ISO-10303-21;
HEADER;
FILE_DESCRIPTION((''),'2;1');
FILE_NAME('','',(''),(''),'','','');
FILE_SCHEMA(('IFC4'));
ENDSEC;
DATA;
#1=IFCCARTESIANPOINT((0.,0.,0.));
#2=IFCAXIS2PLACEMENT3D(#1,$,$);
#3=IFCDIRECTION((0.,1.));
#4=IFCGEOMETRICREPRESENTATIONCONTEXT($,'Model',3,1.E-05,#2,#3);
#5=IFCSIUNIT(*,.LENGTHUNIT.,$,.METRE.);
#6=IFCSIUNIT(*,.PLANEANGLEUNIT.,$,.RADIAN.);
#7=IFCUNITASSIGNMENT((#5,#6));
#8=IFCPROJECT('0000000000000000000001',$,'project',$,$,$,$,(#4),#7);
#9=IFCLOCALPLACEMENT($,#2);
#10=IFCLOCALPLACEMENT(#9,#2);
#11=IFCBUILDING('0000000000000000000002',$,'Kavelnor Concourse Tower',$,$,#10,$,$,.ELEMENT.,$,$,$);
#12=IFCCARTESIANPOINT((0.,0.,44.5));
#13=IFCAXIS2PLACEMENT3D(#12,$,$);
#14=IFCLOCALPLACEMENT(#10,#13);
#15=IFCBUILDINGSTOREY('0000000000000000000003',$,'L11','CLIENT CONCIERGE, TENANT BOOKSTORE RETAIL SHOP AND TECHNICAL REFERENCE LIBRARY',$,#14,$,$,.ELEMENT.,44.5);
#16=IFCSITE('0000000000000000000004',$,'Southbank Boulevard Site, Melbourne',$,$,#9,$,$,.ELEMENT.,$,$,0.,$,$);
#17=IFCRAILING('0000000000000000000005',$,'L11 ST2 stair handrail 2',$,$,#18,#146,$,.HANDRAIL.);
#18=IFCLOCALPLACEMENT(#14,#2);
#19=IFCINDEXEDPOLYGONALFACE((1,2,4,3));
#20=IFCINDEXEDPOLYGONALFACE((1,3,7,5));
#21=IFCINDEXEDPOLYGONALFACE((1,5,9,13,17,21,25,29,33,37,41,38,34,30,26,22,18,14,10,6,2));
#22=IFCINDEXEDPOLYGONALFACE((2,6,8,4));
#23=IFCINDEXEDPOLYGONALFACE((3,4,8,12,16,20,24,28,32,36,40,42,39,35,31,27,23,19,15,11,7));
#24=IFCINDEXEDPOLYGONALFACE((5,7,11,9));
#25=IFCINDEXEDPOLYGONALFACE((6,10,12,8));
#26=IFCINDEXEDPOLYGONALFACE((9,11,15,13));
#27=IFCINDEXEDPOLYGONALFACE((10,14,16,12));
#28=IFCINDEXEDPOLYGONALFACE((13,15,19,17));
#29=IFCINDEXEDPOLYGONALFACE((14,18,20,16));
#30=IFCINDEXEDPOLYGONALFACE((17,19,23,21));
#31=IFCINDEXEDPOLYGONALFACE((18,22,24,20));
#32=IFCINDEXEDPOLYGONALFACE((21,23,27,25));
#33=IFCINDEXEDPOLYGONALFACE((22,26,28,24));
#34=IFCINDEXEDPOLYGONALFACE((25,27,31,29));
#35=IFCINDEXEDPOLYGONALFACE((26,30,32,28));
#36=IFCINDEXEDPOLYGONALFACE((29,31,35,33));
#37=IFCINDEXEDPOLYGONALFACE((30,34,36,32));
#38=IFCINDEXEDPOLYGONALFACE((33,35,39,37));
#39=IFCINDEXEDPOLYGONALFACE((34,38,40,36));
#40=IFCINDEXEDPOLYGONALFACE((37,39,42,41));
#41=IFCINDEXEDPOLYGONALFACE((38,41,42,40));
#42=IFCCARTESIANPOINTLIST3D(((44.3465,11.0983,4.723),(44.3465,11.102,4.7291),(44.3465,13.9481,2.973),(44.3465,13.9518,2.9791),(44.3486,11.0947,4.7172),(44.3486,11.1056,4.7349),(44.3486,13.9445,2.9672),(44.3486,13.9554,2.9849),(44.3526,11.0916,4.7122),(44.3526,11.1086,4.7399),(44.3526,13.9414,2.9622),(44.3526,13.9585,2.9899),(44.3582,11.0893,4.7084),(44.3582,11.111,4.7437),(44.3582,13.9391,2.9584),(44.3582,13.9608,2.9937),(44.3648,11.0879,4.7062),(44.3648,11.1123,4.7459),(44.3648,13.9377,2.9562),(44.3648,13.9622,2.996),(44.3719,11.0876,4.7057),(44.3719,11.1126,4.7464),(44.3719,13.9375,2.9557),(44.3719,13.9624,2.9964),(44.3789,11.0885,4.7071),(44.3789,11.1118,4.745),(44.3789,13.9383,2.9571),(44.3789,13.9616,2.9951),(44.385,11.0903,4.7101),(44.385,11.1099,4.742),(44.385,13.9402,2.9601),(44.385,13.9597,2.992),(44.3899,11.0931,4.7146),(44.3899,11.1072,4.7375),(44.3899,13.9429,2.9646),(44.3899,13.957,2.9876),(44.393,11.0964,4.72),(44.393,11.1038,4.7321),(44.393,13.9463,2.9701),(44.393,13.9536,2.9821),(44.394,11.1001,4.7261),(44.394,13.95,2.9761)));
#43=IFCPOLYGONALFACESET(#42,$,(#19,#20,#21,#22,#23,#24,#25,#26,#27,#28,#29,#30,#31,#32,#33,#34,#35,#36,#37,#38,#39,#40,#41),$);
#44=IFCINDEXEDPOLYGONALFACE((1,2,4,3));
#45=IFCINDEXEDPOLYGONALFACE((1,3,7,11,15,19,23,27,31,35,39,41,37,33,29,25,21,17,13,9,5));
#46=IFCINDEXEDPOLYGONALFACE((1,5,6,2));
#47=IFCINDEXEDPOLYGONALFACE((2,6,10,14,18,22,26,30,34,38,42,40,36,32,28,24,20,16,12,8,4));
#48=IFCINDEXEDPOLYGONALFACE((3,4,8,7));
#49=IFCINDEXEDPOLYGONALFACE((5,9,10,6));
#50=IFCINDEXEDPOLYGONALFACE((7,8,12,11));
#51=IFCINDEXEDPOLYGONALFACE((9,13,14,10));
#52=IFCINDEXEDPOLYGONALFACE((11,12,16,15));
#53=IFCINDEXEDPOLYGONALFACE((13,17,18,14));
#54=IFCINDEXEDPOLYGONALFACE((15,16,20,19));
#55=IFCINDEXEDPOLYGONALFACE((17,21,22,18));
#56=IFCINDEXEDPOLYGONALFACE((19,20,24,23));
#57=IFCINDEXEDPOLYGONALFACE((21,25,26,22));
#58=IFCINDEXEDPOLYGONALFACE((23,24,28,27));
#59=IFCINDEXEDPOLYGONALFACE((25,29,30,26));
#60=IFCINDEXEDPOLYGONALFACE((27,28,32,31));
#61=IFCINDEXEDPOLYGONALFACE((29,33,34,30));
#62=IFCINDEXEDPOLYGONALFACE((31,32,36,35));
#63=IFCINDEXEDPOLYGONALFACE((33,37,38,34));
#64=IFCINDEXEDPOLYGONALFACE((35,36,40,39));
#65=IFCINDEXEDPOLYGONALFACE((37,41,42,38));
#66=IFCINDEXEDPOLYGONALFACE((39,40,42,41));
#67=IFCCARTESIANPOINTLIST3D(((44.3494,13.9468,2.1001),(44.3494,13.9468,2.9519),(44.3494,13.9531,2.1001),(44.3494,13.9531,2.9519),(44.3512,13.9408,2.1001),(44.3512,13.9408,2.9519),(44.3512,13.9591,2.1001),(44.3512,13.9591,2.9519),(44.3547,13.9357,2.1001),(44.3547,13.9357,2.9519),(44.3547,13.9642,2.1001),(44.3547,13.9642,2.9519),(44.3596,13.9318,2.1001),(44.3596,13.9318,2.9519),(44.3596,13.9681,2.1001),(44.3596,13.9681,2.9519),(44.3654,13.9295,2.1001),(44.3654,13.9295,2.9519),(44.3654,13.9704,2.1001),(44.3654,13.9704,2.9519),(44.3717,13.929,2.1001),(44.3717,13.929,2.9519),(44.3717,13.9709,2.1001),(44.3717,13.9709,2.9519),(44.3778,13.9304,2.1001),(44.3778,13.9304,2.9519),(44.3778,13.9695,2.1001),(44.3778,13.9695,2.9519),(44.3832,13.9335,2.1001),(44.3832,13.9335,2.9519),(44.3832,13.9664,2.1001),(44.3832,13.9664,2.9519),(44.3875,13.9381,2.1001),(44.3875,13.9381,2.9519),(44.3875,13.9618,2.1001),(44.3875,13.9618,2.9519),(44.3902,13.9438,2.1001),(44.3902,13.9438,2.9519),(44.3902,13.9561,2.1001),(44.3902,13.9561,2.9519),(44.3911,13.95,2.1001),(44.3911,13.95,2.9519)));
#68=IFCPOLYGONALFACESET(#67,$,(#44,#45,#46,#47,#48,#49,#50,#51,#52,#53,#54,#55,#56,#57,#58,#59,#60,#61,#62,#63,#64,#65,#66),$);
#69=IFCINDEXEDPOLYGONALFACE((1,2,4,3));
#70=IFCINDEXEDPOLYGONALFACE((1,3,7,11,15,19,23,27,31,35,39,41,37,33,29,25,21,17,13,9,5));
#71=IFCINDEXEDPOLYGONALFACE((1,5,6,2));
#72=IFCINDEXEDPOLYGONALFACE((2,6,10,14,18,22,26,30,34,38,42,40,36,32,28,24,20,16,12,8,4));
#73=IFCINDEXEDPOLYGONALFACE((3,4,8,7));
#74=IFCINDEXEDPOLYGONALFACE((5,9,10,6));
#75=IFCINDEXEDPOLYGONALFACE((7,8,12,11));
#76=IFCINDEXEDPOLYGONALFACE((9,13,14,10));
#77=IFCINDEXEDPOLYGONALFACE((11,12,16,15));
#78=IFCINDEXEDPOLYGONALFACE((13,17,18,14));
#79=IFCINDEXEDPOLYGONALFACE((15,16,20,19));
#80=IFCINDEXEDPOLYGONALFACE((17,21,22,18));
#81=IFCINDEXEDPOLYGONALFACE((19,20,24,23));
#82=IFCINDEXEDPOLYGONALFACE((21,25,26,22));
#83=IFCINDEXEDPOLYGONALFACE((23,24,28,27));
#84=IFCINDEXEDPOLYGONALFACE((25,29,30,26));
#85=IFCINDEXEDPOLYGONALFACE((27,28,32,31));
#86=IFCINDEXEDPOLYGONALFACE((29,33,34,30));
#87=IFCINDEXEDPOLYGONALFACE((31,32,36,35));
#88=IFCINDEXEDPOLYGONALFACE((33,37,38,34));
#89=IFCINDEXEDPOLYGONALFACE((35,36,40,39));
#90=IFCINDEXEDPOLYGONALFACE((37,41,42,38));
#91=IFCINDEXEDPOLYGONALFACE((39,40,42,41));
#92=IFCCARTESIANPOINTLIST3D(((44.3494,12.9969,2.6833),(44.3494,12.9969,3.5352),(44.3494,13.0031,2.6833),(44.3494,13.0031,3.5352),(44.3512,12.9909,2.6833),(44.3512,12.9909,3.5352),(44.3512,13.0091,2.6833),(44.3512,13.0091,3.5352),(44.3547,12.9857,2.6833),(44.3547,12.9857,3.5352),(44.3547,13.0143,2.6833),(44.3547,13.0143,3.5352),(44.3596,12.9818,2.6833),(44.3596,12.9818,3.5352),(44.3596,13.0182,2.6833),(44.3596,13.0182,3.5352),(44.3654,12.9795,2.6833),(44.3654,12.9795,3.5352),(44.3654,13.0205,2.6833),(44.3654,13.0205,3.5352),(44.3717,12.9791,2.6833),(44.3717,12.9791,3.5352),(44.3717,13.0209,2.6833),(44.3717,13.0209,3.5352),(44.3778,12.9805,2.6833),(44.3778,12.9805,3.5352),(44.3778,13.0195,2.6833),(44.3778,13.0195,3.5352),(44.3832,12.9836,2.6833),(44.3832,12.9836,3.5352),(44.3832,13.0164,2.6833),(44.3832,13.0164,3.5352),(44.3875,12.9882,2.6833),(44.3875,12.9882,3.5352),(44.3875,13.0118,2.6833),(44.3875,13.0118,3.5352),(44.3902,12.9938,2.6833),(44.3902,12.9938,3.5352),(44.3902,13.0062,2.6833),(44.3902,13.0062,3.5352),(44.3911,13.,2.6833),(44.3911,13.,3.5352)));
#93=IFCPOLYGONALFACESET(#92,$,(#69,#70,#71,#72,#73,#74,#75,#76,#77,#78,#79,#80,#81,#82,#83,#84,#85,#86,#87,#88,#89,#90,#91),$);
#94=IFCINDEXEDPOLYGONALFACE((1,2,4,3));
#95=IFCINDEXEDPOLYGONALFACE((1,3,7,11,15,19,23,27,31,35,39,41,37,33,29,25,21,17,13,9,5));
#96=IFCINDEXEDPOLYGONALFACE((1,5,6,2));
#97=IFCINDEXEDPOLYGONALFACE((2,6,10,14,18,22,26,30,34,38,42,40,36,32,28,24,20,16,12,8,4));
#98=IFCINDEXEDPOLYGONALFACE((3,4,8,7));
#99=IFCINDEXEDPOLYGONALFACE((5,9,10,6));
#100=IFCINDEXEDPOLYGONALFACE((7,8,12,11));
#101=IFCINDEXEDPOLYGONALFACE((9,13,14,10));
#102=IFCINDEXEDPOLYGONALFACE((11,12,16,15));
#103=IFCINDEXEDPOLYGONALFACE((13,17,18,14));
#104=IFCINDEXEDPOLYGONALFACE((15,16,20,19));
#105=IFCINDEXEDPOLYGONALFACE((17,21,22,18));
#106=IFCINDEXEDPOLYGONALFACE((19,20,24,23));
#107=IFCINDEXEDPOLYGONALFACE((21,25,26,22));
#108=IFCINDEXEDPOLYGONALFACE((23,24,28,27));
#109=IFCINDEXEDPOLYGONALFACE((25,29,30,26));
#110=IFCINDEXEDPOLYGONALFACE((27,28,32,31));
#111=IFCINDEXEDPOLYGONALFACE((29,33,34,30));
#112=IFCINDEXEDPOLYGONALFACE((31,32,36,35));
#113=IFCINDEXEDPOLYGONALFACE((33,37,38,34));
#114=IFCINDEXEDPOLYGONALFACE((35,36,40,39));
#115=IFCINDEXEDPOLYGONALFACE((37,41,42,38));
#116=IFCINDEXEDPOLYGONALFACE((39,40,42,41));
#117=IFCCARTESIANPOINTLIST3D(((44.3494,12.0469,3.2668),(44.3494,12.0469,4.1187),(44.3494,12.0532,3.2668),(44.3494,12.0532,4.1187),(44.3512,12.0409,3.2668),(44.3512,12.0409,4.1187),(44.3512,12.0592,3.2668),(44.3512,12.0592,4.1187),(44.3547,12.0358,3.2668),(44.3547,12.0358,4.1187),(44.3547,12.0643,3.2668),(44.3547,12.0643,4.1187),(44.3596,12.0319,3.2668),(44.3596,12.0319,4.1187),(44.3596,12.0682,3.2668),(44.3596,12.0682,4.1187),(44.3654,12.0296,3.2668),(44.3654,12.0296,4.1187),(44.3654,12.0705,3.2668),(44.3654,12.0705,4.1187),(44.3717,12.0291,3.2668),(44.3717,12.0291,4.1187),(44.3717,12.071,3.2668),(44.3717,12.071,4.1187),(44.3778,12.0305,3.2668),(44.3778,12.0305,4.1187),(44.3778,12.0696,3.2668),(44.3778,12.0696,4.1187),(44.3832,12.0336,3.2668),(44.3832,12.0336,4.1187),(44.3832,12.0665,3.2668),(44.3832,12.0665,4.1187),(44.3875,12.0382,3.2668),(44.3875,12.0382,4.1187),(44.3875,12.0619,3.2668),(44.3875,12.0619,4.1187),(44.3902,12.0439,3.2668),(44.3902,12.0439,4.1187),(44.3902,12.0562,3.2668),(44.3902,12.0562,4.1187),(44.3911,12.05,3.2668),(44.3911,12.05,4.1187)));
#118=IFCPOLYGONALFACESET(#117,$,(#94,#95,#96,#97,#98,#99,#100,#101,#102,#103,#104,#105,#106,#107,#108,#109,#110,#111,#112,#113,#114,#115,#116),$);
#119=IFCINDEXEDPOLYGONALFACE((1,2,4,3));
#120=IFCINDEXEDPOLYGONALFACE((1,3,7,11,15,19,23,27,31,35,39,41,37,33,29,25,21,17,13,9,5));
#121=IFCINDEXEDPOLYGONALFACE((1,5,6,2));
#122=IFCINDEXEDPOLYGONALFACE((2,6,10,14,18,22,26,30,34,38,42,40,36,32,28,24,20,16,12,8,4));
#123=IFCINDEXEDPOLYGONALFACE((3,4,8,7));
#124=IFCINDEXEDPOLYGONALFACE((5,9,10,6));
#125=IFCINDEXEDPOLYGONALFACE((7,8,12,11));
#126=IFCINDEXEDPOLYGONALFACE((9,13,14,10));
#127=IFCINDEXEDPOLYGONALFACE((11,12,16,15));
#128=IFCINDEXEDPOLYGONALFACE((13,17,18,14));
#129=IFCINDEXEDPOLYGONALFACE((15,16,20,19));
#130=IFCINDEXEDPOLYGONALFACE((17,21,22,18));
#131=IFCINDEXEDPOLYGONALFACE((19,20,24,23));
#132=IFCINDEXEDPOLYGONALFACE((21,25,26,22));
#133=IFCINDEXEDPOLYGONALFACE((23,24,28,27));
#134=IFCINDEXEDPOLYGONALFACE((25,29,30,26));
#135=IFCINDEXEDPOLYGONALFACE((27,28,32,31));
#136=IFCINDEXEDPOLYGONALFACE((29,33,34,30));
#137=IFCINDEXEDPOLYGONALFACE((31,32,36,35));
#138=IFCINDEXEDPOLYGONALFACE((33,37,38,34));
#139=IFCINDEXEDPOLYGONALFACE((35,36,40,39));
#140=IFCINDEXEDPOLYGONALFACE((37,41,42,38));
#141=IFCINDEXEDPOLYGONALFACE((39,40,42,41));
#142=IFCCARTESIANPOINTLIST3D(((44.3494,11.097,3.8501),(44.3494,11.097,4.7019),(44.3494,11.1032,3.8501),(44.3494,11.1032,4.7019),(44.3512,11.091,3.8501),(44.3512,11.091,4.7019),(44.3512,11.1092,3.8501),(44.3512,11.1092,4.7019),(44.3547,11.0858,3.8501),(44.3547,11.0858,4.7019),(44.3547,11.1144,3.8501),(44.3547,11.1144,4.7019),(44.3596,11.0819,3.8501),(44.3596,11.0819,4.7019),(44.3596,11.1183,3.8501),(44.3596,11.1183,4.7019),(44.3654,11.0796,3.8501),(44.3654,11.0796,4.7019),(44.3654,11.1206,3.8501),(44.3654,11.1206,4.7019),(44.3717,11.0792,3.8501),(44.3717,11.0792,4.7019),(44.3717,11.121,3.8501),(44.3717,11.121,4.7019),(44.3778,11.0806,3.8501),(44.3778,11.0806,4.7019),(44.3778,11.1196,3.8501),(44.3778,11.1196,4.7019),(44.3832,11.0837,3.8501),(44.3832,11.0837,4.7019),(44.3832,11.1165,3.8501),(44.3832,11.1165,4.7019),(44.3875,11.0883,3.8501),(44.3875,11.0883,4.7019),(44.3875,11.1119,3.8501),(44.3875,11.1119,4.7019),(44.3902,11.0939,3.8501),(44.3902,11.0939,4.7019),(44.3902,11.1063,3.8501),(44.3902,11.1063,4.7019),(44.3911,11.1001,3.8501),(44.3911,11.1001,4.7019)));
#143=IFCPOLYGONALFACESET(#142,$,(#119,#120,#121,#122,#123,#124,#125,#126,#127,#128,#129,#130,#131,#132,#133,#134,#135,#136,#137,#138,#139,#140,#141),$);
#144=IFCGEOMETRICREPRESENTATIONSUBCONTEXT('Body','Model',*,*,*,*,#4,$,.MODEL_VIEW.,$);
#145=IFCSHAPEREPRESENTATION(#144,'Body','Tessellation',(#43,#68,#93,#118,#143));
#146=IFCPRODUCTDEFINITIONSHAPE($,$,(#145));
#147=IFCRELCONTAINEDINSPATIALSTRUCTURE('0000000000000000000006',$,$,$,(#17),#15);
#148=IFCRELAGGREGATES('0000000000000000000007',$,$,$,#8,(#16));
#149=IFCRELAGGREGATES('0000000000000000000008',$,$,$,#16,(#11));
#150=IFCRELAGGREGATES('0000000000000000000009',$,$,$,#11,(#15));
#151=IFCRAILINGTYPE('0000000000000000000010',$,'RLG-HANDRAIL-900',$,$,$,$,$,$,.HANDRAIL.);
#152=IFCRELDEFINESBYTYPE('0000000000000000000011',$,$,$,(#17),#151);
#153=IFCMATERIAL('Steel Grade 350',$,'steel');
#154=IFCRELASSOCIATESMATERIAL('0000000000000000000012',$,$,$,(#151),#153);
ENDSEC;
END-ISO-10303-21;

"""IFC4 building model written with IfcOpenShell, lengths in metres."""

from ifc_helpers import new_model, si_unit, direction, frame, origin, origin_2d, place, context, subcontext, project, spatial, circle, extrude, material, type_object, element, save


model = new_model("IFC4")

# Units and contexts
model_context = context("Model", 3, precision=1e-05, world=origin(), true_north=direction((0.0, 1.0)))
body_context = subcontext(model_context, "Body", "Model", "MODEL_VIEW")
ifc_project = project(units=[si_unit("LENGTHUNIT", "METRE"), si_unit("PLANEANGLEUNIT", "RADIAN")], contexts=[model_context])

# Site, building, storey
site_placement = place(None, origin())
site = spatial("IfcSite", under=ifc_project, at=site_placement, Name="Southbank Boulevard Site, Melbourne", CompositionType="ELEMENT", RefElevation=0.0)
building_placement = place(site_placement, origin())
building = spatial("IfcBuilding", under=site, at=building_placement, Name="Kavelnor Concourse Tower", CompositionType="ELEMENT")
storey_placement = place(building_placement, frame((0.0, 0.0, 44.5)))
storey = spatial("IfcBuildingStorey", under=building, at=storey_placement, Name="L11", Description="CLIENT CONCIERGE, TENANT BOOKSTORE RETAIL SHOP AND TECHNICAL REFERENCE LIBRARY", CompositionType="ELEMENT", Elevation=44.5)

# Shared definitions
ifc_material_1 = material(Name="Steel Grade 350", Category="steel")

# Railing
railing_type_1 = type_object("IfcRailingType", Name="RLG-HANDRAIL-900", PredefinedType="HANDRAIL", material=ifc_material_1)
railing_1_placement = place(storey_placement, frame((44.3701, 13.95, 2.1001)))
element("IfcRailing", 1, at=railing_1_placement, inside=storey, type_object=railing_type_1, Name="L11 ST2 stair handrail 2", PredefinedType="HANDRAIL", context=body_context, shape_type="SweptSolid", body=[
    extrude(circle(Radius=0.0239, at=origin_2d()), frame((0.0, 0.0, 0.876), z_axis=(0.0, -0.852159, 0.523283), x_axis=(1.0, 0.0, 0.0)), (0.0, 0.0, 1.0), 3.3442),
    extrude(circle(Radius=0.021, at=origin_2d()), origin(), (0.0, 0.0, 1.0), 0.8518),
    extrude(circle(Radius=0.021, at=origin_2d()), frame((0.0, -0.95, 0.5833)), (0.0, 0.0, 1.0), 0.8518),
    extrude(circle(Radius=0.021, at=origin_2d()), frame((0.0, -1.8999, 1.1667)), (0.0, 0.0, 1.0), 0.8518),
    extrude(circle(Radius=0.021, at=origin_2d()), frame((0.0, -2.8499, 1.75)), (0.0, 0.0, 1.0), 0.8518),
])

save(model, "model.ifc")
